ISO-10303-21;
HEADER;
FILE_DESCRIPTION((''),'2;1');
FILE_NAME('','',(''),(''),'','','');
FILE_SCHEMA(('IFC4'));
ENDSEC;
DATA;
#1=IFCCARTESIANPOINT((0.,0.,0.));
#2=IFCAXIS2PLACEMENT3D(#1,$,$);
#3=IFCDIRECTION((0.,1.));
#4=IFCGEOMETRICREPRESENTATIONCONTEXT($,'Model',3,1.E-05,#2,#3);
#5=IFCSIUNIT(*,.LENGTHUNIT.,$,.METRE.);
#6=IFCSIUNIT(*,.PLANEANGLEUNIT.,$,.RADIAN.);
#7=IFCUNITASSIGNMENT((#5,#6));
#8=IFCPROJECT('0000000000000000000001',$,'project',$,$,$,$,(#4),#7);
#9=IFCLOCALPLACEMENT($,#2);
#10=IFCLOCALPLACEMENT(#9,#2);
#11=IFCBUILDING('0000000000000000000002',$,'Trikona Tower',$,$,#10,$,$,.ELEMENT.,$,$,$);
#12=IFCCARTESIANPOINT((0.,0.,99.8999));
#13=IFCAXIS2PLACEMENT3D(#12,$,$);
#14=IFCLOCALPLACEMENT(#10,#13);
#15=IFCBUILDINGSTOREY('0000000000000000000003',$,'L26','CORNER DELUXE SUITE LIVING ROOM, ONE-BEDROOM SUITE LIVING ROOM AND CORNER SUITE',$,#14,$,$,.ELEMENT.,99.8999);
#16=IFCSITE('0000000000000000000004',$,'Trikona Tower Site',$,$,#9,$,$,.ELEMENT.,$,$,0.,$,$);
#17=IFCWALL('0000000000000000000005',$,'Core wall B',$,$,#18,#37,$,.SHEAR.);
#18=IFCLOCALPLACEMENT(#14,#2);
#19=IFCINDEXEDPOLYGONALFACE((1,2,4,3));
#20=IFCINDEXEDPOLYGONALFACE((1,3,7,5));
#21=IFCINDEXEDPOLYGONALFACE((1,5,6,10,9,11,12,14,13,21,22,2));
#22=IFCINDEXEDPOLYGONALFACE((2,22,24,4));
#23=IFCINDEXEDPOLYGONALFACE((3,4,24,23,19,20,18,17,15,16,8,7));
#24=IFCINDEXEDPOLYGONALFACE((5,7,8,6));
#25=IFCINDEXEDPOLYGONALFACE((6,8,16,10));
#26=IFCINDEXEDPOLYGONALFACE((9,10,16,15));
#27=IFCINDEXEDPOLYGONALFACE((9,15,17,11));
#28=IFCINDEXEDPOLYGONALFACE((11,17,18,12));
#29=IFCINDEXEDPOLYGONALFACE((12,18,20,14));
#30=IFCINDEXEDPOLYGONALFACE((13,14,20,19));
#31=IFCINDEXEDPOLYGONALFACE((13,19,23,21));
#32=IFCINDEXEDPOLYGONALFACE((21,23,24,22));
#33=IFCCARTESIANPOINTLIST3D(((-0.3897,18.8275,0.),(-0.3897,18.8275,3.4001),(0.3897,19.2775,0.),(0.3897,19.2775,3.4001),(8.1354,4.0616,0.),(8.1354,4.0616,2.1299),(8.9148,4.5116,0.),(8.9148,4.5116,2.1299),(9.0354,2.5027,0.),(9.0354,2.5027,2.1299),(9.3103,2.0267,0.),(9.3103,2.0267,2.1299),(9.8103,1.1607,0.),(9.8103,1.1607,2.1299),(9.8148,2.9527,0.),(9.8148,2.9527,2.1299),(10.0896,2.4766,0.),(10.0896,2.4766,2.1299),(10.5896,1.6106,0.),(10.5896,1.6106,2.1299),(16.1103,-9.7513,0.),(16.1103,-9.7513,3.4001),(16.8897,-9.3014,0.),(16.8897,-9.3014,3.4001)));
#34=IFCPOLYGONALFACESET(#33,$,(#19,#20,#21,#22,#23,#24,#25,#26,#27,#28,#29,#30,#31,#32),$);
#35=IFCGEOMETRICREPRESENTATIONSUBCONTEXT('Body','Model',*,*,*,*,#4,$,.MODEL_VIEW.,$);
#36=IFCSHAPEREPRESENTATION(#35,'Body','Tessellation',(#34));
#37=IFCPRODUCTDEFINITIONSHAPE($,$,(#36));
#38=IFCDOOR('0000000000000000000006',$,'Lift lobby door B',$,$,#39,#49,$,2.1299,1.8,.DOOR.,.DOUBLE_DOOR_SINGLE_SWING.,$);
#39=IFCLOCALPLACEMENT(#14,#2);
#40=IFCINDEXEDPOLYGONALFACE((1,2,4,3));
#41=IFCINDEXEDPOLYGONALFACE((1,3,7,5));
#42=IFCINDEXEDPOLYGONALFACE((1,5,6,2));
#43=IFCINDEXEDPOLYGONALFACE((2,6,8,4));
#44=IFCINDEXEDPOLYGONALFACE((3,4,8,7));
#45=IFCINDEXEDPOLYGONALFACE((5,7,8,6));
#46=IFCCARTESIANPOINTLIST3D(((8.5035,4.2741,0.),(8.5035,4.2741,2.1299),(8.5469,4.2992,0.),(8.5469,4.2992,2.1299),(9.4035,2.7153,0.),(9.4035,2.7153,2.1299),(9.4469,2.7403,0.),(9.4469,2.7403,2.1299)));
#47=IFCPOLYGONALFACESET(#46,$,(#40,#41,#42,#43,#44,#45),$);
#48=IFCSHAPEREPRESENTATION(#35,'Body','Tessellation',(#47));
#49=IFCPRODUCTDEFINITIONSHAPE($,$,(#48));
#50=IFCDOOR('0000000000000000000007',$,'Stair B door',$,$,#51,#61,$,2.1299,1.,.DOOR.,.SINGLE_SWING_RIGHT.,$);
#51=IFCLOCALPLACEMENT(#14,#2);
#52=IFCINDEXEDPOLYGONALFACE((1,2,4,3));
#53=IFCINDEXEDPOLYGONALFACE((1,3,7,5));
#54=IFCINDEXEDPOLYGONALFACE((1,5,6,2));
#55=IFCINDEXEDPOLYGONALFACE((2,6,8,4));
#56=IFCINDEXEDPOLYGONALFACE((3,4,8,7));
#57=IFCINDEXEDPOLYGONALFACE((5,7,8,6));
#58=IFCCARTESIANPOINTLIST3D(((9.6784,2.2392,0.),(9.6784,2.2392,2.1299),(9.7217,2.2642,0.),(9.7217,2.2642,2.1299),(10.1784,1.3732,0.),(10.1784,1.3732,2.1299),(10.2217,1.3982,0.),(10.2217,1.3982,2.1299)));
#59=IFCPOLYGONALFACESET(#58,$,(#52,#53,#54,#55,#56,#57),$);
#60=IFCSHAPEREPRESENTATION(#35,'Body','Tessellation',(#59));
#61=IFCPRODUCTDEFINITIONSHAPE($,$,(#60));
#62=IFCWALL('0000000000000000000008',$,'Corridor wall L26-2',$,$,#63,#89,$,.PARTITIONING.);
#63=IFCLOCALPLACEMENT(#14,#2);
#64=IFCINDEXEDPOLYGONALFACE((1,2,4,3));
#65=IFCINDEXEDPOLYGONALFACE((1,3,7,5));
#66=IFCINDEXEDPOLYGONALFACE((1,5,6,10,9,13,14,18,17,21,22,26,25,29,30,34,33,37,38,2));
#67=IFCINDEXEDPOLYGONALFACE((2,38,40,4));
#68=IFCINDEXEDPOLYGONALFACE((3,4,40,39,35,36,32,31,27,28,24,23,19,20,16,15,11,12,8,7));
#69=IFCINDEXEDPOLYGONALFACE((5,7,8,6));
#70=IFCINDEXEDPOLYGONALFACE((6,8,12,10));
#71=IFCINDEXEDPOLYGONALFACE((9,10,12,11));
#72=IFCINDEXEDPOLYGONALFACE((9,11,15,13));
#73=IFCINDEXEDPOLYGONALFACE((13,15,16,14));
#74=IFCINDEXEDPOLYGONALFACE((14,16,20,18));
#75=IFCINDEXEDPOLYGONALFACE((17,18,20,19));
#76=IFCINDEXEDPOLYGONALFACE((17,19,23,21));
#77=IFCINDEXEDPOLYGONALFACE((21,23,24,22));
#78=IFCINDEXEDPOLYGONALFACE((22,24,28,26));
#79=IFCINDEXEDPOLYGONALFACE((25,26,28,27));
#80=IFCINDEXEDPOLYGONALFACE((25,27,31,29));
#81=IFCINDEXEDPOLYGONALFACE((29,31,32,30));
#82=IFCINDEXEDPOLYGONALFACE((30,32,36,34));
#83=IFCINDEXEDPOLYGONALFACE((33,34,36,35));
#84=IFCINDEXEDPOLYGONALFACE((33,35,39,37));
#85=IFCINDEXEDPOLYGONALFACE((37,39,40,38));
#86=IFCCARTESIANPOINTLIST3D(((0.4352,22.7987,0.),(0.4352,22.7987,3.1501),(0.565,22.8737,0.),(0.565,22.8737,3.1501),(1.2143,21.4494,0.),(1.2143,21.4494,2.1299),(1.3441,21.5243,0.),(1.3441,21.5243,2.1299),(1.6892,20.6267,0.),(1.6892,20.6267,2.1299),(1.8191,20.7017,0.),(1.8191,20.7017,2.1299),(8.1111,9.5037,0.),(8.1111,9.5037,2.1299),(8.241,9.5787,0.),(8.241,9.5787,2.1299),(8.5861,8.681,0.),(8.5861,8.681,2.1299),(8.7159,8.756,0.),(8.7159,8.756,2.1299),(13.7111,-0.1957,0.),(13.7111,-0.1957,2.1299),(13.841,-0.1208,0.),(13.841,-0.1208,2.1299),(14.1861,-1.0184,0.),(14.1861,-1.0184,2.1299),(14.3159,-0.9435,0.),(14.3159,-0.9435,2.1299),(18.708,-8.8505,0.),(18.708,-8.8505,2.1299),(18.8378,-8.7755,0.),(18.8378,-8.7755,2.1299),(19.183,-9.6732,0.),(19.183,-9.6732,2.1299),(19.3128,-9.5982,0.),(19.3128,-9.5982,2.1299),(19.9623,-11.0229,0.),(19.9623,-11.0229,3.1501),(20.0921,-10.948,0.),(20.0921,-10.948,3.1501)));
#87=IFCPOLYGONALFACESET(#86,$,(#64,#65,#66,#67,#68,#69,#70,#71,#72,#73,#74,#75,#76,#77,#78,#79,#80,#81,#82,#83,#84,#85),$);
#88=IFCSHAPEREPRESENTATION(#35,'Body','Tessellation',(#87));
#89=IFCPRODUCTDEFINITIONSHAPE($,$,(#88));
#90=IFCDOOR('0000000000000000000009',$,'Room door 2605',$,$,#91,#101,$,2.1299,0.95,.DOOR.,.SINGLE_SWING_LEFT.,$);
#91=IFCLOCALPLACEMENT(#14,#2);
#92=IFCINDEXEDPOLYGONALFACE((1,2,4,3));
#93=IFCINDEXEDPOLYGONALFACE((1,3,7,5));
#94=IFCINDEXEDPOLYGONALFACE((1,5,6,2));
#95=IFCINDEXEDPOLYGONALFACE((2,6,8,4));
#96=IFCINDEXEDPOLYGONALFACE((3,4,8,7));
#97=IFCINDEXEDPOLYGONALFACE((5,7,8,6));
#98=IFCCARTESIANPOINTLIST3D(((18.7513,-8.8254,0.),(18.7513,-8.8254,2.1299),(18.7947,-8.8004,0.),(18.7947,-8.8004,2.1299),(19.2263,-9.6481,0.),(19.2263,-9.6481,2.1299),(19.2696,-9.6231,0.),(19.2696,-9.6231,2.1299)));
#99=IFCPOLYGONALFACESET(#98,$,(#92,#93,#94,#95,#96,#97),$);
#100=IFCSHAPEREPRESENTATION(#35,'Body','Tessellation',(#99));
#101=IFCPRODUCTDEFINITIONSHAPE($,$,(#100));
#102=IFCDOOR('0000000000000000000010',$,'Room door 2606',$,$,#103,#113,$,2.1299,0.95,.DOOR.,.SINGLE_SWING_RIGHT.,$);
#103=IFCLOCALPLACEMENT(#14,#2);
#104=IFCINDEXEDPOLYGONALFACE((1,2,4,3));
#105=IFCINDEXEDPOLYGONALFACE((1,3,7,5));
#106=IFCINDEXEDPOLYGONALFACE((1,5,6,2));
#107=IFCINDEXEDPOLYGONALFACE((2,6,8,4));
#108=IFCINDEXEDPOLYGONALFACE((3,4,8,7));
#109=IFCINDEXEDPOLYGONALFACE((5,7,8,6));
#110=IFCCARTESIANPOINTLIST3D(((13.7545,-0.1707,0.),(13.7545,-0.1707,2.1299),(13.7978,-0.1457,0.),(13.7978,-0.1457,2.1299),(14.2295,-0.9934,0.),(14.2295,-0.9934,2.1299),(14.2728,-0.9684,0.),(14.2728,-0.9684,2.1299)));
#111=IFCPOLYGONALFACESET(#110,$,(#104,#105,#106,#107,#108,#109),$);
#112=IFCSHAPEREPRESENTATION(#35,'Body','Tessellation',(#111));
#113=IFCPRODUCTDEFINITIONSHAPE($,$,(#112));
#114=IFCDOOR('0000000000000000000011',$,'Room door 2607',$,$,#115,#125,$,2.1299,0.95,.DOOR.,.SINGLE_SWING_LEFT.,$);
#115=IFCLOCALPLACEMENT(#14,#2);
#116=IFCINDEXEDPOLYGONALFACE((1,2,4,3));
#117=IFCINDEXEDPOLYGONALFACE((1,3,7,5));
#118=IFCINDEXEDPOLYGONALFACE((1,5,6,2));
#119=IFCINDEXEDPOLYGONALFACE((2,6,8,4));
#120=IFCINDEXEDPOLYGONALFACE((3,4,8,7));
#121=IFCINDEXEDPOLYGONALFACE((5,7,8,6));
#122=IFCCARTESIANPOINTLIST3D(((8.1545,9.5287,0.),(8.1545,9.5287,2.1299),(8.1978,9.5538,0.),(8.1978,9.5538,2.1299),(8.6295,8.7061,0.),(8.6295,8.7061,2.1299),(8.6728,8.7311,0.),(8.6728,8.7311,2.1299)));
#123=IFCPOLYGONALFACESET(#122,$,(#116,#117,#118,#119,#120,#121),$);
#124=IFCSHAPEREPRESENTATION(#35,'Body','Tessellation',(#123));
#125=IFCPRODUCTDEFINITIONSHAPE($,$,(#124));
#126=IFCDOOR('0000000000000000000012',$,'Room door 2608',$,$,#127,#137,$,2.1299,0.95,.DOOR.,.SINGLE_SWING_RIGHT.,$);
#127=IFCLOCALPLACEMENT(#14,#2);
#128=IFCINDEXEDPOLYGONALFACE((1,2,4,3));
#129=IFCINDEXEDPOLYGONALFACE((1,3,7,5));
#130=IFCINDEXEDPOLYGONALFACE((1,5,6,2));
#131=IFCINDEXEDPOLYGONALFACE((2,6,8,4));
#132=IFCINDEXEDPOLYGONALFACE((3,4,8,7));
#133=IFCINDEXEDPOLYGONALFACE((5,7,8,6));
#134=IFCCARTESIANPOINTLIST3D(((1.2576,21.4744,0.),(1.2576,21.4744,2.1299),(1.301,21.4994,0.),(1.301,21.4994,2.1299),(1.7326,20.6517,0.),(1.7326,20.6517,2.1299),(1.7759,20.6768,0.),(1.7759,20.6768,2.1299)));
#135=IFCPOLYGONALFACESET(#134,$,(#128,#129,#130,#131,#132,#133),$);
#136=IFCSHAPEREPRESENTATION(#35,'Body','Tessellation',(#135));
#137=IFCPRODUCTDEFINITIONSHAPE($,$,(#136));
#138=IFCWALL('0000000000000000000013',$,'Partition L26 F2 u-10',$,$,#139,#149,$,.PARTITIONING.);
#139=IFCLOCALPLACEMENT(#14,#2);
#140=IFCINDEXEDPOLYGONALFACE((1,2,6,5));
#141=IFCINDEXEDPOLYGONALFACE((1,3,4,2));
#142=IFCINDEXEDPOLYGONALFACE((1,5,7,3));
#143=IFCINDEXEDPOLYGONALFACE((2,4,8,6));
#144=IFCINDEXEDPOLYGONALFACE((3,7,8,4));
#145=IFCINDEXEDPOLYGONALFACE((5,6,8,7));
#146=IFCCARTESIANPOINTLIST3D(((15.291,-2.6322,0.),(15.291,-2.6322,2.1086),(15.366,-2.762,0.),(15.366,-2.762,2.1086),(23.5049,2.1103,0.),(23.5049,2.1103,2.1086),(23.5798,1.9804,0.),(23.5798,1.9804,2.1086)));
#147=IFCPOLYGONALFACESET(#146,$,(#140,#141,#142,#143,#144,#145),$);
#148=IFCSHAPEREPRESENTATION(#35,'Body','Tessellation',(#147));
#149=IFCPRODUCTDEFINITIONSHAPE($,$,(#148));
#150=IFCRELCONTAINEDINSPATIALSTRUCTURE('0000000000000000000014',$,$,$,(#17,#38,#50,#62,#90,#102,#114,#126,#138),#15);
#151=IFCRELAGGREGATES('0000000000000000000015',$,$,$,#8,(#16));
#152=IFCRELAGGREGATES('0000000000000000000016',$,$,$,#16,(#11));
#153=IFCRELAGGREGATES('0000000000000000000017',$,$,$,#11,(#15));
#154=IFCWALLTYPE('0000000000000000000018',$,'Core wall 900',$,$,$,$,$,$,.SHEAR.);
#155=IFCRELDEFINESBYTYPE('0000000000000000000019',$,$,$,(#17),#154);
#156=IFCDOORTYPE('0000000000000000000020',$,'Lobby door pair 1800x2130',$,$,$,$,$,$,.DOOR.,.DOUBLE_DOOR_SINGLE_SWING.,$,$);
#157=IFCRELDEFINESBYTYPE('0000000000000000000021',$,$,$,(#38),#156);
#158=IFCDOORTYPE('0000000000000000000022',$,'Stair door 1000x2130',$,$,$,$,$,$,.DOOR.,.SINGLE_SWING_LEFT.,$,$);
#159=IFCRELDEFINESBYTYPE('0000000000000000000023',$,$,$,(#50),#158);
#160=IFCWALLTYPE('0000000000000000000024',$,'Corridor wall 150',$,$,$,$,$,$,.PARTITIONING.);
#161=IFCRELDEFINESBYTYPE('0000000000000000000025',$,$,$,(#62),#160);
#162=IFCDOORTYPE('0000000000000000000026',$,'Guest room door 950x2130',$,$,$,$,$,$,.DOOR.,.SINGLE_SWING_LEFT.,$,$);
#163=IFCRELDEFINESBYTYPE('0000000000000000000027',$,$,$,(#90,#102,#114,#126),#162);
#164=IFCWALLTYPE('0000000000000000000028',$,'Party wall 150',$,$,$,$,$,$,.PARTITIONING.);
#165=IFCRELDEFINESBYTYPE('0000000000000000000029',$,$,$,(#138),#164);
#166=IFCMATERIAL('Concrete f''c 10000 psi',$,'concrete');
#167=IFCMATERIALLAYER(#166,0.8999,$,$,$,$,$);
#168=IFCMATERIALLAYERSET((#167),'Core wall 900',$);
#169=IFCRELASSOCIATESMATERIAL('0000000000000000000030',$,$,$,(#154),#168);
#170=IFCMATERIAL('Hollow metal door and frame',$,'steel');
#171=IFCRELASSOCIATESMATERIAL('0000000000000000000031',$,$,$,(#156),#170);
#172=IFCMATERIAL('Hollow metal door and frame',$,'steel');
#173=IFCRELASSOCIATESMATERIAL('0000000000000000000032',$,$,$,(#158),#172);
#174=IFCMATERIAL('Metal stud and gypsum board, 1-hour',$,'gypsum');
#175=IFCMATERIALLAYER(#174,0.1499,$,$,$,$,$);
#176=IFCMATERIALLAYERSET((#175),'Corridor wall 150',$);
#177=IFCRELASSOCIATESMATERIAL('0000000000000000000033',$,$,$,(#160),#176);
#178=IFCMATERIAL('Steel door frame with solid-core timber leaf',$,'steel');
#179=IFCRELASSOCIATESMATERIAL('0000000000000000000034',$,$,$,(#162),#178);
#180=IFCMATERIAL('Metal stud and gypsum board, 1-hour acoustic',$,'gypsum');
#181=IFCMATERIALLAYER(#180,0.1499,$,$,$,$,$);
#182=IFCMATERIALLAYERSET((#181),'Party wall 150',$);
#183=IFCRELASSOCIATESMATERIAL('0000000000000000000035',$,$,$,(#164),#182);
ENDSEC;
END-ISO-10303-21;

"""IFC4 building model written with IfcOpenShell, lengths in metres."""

from ifc_helpers import new_model, si_unit, direction, frame, frame_2d, origin, place, context, subcontext, project, spatial, rectangle, extrude, material, layer, layer_set, type_object, element, fill, save


model = new_model("IFC4")

# Units and contexts
model_context = context("Model", 3, precision=1e-05, world=origin(), true_north=direction((0.0, 1.0)))
body_context = subcontext(model_context, "Body", "Model", "MODEL_VIEW")
ifc_project = project(units=[si_unit("LENGTHUNIT", "METRE"), si_unit("PLANEANGLEUNIT", "RADIAN")], contexts=[model_context])

# Site, building, storey
site_placement = place(None, origin())
site = spatial("IfcSite", under=ifc_project, at=site_placement, Name="Trikona Tower Site", CompositionType="ELEMENT", RefElevation=0.0)
building_placement = place(site_placement, origin())
building = spatial("IfcBuilding", under=site, at=building_placement, Name="Trikona Tower", CompositionType="ELEMENT")
storey_placement = place(building_placement, frame((0.0, 0.0, 99.8999)))
storey = spatial("IfcBuildingStorey", under=building, at=storey_placement, Name="L26", Description="CORNER DELUXE SUITE LIVING ROOM, ONE-BEDROOM SUITE LIVING ROOM AND CORNER SUITE", CompositionType="ELEMENT", Elevation=99.8999)

# Walls, openings, doors
ifc_material_1 = material(Name="Concrete f'c 10000 psi", Category="concrete")
ifc_layer_1 = layer(ifc_material_1, 0.8999)
ifc_layer_set_1 = layer_set([ifc_layer_1], Name="Core wall 900")
wall_type_1 = type_object("IfcWallType", Name="Core wall 900", PredefinedType="SHEAR", material=ifc_layer_set_1)
wall_1_placement = place(storey_placement, frame((16.5, -9.5264, 0.0), z_axis=(0.0, 0.0, 1.0), x_axis=(-0.5, 0.866026, 0.0)))
wall_1 = element("IfcWall", 1, at=wall_1_placement, inside=storey, type_object=wall_type_1, Name="Core wall B", PredefinedType="SHEAR", context=body_context, shape_type="SweptSolid", body=[
    extrude(rectangle(XDim=33.0, YDim=0.8999, at=frame_2d((16.5, 0.0))), origin(), (0.0, 0.0, 1.0), 3.4001),
])
opening_1_placement = place(wall_1_placement, frame((14.1499, 0.0, 0.0)))
opening_1 = element("IfcOpeningElement", 2, at=opening_1_placement, cuts=wall_1, PredefinedType="OPENING", context=body_context, shape_type="SweptSolid", body=[
    extrude(rectangle(XDim=1.8, YDim=2.1299, at=frame_2d((0.8999, 1.0649))), frame((0.0, 0.46, 0.0), z_axis=(0.0, -1.0, 0.0), x_axis=(1.0, 0.0, 0.0)), (0.0, 0.0, 1.0), 0.9199),
])
opening_2_placement = place(wall_1_placement, frame((12.6001, 0.0, 0.0)))
opening_2 = element("IfcOpeningElement", 3, at=opening_2_placement, cuts=wall_1, PredefinedType="OPENING", context=body_context, shape_type="SweptSolid", body=[
    extrude(rectangle(XDim=1.0, YDim=2.1299, at=frame_2d((0.5, 1.0649))), frame((0.0, 0.46, 0.0), z_axis=(0.0, -1.0, 0.0), x_axis=(1.0, 0.0, 0.0)), (0.0, 0.0, 1.0), 0.9199),
])
ifc_material_2 = material(Name="Hollow metal door and frame", Category="steel")
door_type_1 = type_object("IfcDoorType", Name="Lobby door pair 1800x2130", OperationType="DOUBLE_DOOR_SINGLE_SWING", PredefinedType="DOOR", material=ifc_material_2)
door_1_placement = place(opening_1_placement, origin())
door_1 = element("IfcDoor", 4, at=door_1_placement, inside=storey, type_object=door_type_1, Name="Lift lobby door B", OperationType="DOUBLE_DOOR_SINGLE_SWING", OverallHeight=2.1299, OverallWidth=1.8, PredefinedType="DOOR", context=body_context, shape_type="SweptSolid", body=[
    extrude(rectangle(XDim=1.8, YDim=2.1299, at=frame_2d((0.8999, 1.0649))), frame((0.0, 0.0249, 0.0), z_axis=(0.0, -1.0, 0.0), x_axis=(1.0, 0.0, 0.0)), (0.0, 0.0, 1.0), 0.05),
])
fill(opening_1, door_1)
ifc_material_3 = material(Name="Hollow metal door and frame", Category="steel")
door_type_2 = type_object("IfcDoorType", Name="Stair door 1000x2130", OperationType="SINGLE_SWING_LEFT", PredefinedType="DOOR", material=ifc_material_3)
door_2_placement = place(opening_2_placement, origin())
door_2 = element("IfcDoor", 5, at=door_2_placement, inside=storey, type_object=door_type_2, Name="Stair B door", OperationType="SINGLE_SWING_RIGHT", OverallHeight=2.1299, OverallWidth=1.0, PredefinedType="DOOR", context=body_context, shape_type="SweptSolid", body=[
    extrude(rectangle(XDim=1.0, YDim=2.1299, at=frame_2d((0.5, 1.0649))), frame((0.0, 0.0249, 0.0), z_axis=(0.0, -1.0, 0.0), x_axis=(1.0, 0.0, 0.0)), (0.0, 0.0, 1.0), 0.05),
])
fill(opening_2, door_2)
ifc_material_4 = material(Name="Metal stud and gypsum board, 1-hour", Category="gypsum")
ifc_layer_2 = layer(ifc_material_4, 0.1499)
ifc_layer_set_2 = layer_set([ifc_layer_2], Name="Corridor wall 150")
wall_type_2 = type_object("IfcWallType", Name="Corridor wall 150", PredefinedType="PARTITIONING", material=ifc_layer_set_2)
wall_2_placement = place(storey_placement, frame((20.0271, -10.9854, 0.0), z_axis=(0.0, 0.0, 1.0), x_axis=(-0.500002, 0.866024, 0.0)))
wall_2 = element("IfcWall", 6, at=wall_2_placement, inside=storey, type_object=wall_type_2, Name="Corridor wall L26-2", PredefinedType="PARTITIONING", context=body_context, shape_type="SweptSolid", body=[
    extrude(rectangle(XDim=39.054, YDim=0.1499, at=frame_2d((19.5269, 0.0))), origin(), (0.0, 0.0, 1.0), 3.1501),
])
opening_3_placement = place(wall_2_placement, frame((1.5583, 0.0, 0.0)))
opening_3 = element("IfcOpeningElement", 7, at=opening_3_placement, cuts=wall_2, PredefinedType="OPENING", context=body_context, shape_type="SweptSolid", body=[
    extrude(rectangle(XDim=0.95, YDim=2.1299, at=frame_2d((0.4751, 1.0649))), frame((0.0, 0.085, 0.0), z_axis=(0.0, -1.0, 0.0), x_axis=(1.0, 0.0, 0.0)), (0.0, 0.0, 1.0), 0.1699),
])
opening_4_placement = place(wall_2_placement, frame((11.552, 0.0, 0.0)))
opening_4 = element("IfcOpeningElement", 8, at=opening_4_placement, cuts=wall_2, PredefinedType="OPENING", context=body_context, shape_type="SweptSolid", body=[
    extrude(rectangle(XDim=0.95, YDim=2.1299, at=frame_2d((0.4751, 1.0649))), frame((0.0, 0.085, 0.0), z_axis=(0.0, -1.0, 0.0), x_axis=(1.0, 0.0, 0.0)), (0.0, 0.0, 1.0), 0.1699),
])
opening_5_placement = place(wall_2_placement, frame((22.752, 0.0, 0.0)))
opening_5 = element("IfcOpeningElement", 9, at=opening_5_placement, cuts=wall_2, PredefinedType="OPENING", context=body_context, shape_type="SweptSolid", body=[
    extrude(rectangle(XDim=0.95, YDim=2.1299, at=frame_2d((0.4751, 1.0649))), frame((0.0, 0.085, 0.0), z_axis=(0.0, -1.0, 0.0), x_axis=(1.0, 0.0, 0.0)), (0.0, 0.0, 1.0), 0.1699),
])
opening_6_placement = place(wall_2_placement, frame((36.5457, 0.0, 0.0)))
opening_6 = element("IfcOpeningElement", 10, at=opening_6_placement, cuts=wall_2, PredefinedType="OPENING", context=body_context, shape_type="SweptSolid", body=[
    extrude(rectangle(XDim=0.95, YDim=2.1299, at=frame_2d((0.4751, 1.0649))), frame((0.0, 0.085, 0.0), z_axis=(0.0, -1.0, 0.0), x_axis=(1.0, 0.0, 0.0)), (0.0, 0.0, 1.0), 0.1699),
])
ifc_material_5 = material(Name="Steel door frame with solid-core timber leaf", Category="steel")
door_type_3 = type_object("IfcDoorType", Name="Guest room door 950x2130", OperationType="SINGLE_SWING_LEFT", PredefinedType="DOOR", material=ifc_material_5)
door_3_placement = place(opening_3_placement, origin())
door_3 = element("IfcDoor", 11, at=door_3_placement, inside=storey, type_object=door_type_3, Name="Room door 2605", OperationType="SINGLE_SWING_LEFT", OverallHeight=2.1299, OverallWidth=0.95, PredefinedType="DOOR", context=body_context, shape_type="SweptSolid", body=[
    extrude(rectangle(XDim=0.95, YDim=2.1299, at=frame_2d((0.4751, 1.0649))), frame((0.0, 0.0249, 0.0), z_axis=(0.0, -1.0, 0.0), x_axis=(1.0, 0.0, 0.0)), (0.0, 0.0, 1.0), 0.05),
])
fill(opening_3, door_3)
door_4_placement = place(opening_4_placement, origin())
door_4 = element("IfcDoor", 12, at=door_4_placement, inside=storey, type_object=door_type_3, Name="Room door 2606", OperationType="SINGLE_SWING_RIGHT", OverallHeight=2.1299, OverallWidth=0.95, PredefinedType="DOOR", context=body_context, shape_type="SweptSolid", body=[
    extrude(rectangle(XDim=0.95, YDim=2.1299, at=frame_2d((0.4751, 1.0649))), frame((0.0, 0.0249, 0.0), z_axis=(0.0, -1.0, 0.0), x_axis=(1.0, 0.0, 0.0)), (0.0, 0.0, 1.0), 0.05),
])
fill(opening_4, door_4)
door_5_placement = place(opening_5_placement, origin())
door_5 = element("IfcDoor", 13, at=door_5_placement, inside=storey, type_object=door_type_3, Name="Room door 2607", OperationType="SINGLE_SWING_LEFT", OverallHeight=2.1299, OverallWidth=0.95, PredefinedType="DOOR", context=body_context, shape_type="SweptSolid", body=[
    extrude(rectangle(XDim=0.95, YDim=2.1299, at=frame_2d((0.4751, 1.0649))), frame((0.0, 0.0249, 0.0), z_axis=(0.0, -1.0, 0.0), x_axis=(1.0, 0.0, 0.0)), (0.0, 0.0, 1.0), 0.05),
])
fill(opening_5, door_5)
door_6_placement = place(opening_6_placement, origin())
door_6 = element("IfcDoor", 14, at=door_6_placement, inside=storey, type_object=door_type_3, Name="Room door 2608", OperationType="SINGLE_SWING_RIGHT", OverallHeight=2.1299, OverallWidth=0.95, PredefinedType="DOOR", context=body_context, shape_type="SweptSolid", body=[
    extrude(rectangle(XDim=0.95, YDim=2.1299, at=frame_2d((0.4751, 1.0649))), frame((0.0, 0.0249, 0.0), z_axis=(0.0, -1.0, 0.0), x_axis=(1.0, 0.0, 0.0)), (0.0, 0.0, 1.0), 0.05),
])
fill(opening_6, door_6)

# Wall
ifc_material_6 = material(Name="Metal stud and gypsum board, 1-hour acoustic", Category="gypsum")
ifc_layer_3 = layer(ifc_material_6, 0.1499)
ifc_layer_set_3 = layer_set([ifc_layer_3], Name="Party wall 150")
wall_type_3 = type_object("IfcWallType", Name="Party wall 150", PredefinedType="PARTITIONING", material=ifc_layer_set_3)
wall_3_placement = place(storey_placement, frame((15.3286, -2.697, 0.0), z_axis=(0.0, 0.0, 1.0), x_axis=(0.866018, 0.500012, 0.0)))
element("IfcWall", 15, at=wall_3_placement, inside=storey, type_object=wall_type_3, Name="Partition L26 F2 u-10", PredefinedType="PARTITIONING", context=body_context, shape_type="SweptSolid", body=[
    extrude(rectangle(XDim=9.4846, YDim=0.1499, at=frame_2d((4.7422, 0.0))), origin(), (0.0, 0.0, 1.0), 2.1086),
])

save(model, "model.ifc")
